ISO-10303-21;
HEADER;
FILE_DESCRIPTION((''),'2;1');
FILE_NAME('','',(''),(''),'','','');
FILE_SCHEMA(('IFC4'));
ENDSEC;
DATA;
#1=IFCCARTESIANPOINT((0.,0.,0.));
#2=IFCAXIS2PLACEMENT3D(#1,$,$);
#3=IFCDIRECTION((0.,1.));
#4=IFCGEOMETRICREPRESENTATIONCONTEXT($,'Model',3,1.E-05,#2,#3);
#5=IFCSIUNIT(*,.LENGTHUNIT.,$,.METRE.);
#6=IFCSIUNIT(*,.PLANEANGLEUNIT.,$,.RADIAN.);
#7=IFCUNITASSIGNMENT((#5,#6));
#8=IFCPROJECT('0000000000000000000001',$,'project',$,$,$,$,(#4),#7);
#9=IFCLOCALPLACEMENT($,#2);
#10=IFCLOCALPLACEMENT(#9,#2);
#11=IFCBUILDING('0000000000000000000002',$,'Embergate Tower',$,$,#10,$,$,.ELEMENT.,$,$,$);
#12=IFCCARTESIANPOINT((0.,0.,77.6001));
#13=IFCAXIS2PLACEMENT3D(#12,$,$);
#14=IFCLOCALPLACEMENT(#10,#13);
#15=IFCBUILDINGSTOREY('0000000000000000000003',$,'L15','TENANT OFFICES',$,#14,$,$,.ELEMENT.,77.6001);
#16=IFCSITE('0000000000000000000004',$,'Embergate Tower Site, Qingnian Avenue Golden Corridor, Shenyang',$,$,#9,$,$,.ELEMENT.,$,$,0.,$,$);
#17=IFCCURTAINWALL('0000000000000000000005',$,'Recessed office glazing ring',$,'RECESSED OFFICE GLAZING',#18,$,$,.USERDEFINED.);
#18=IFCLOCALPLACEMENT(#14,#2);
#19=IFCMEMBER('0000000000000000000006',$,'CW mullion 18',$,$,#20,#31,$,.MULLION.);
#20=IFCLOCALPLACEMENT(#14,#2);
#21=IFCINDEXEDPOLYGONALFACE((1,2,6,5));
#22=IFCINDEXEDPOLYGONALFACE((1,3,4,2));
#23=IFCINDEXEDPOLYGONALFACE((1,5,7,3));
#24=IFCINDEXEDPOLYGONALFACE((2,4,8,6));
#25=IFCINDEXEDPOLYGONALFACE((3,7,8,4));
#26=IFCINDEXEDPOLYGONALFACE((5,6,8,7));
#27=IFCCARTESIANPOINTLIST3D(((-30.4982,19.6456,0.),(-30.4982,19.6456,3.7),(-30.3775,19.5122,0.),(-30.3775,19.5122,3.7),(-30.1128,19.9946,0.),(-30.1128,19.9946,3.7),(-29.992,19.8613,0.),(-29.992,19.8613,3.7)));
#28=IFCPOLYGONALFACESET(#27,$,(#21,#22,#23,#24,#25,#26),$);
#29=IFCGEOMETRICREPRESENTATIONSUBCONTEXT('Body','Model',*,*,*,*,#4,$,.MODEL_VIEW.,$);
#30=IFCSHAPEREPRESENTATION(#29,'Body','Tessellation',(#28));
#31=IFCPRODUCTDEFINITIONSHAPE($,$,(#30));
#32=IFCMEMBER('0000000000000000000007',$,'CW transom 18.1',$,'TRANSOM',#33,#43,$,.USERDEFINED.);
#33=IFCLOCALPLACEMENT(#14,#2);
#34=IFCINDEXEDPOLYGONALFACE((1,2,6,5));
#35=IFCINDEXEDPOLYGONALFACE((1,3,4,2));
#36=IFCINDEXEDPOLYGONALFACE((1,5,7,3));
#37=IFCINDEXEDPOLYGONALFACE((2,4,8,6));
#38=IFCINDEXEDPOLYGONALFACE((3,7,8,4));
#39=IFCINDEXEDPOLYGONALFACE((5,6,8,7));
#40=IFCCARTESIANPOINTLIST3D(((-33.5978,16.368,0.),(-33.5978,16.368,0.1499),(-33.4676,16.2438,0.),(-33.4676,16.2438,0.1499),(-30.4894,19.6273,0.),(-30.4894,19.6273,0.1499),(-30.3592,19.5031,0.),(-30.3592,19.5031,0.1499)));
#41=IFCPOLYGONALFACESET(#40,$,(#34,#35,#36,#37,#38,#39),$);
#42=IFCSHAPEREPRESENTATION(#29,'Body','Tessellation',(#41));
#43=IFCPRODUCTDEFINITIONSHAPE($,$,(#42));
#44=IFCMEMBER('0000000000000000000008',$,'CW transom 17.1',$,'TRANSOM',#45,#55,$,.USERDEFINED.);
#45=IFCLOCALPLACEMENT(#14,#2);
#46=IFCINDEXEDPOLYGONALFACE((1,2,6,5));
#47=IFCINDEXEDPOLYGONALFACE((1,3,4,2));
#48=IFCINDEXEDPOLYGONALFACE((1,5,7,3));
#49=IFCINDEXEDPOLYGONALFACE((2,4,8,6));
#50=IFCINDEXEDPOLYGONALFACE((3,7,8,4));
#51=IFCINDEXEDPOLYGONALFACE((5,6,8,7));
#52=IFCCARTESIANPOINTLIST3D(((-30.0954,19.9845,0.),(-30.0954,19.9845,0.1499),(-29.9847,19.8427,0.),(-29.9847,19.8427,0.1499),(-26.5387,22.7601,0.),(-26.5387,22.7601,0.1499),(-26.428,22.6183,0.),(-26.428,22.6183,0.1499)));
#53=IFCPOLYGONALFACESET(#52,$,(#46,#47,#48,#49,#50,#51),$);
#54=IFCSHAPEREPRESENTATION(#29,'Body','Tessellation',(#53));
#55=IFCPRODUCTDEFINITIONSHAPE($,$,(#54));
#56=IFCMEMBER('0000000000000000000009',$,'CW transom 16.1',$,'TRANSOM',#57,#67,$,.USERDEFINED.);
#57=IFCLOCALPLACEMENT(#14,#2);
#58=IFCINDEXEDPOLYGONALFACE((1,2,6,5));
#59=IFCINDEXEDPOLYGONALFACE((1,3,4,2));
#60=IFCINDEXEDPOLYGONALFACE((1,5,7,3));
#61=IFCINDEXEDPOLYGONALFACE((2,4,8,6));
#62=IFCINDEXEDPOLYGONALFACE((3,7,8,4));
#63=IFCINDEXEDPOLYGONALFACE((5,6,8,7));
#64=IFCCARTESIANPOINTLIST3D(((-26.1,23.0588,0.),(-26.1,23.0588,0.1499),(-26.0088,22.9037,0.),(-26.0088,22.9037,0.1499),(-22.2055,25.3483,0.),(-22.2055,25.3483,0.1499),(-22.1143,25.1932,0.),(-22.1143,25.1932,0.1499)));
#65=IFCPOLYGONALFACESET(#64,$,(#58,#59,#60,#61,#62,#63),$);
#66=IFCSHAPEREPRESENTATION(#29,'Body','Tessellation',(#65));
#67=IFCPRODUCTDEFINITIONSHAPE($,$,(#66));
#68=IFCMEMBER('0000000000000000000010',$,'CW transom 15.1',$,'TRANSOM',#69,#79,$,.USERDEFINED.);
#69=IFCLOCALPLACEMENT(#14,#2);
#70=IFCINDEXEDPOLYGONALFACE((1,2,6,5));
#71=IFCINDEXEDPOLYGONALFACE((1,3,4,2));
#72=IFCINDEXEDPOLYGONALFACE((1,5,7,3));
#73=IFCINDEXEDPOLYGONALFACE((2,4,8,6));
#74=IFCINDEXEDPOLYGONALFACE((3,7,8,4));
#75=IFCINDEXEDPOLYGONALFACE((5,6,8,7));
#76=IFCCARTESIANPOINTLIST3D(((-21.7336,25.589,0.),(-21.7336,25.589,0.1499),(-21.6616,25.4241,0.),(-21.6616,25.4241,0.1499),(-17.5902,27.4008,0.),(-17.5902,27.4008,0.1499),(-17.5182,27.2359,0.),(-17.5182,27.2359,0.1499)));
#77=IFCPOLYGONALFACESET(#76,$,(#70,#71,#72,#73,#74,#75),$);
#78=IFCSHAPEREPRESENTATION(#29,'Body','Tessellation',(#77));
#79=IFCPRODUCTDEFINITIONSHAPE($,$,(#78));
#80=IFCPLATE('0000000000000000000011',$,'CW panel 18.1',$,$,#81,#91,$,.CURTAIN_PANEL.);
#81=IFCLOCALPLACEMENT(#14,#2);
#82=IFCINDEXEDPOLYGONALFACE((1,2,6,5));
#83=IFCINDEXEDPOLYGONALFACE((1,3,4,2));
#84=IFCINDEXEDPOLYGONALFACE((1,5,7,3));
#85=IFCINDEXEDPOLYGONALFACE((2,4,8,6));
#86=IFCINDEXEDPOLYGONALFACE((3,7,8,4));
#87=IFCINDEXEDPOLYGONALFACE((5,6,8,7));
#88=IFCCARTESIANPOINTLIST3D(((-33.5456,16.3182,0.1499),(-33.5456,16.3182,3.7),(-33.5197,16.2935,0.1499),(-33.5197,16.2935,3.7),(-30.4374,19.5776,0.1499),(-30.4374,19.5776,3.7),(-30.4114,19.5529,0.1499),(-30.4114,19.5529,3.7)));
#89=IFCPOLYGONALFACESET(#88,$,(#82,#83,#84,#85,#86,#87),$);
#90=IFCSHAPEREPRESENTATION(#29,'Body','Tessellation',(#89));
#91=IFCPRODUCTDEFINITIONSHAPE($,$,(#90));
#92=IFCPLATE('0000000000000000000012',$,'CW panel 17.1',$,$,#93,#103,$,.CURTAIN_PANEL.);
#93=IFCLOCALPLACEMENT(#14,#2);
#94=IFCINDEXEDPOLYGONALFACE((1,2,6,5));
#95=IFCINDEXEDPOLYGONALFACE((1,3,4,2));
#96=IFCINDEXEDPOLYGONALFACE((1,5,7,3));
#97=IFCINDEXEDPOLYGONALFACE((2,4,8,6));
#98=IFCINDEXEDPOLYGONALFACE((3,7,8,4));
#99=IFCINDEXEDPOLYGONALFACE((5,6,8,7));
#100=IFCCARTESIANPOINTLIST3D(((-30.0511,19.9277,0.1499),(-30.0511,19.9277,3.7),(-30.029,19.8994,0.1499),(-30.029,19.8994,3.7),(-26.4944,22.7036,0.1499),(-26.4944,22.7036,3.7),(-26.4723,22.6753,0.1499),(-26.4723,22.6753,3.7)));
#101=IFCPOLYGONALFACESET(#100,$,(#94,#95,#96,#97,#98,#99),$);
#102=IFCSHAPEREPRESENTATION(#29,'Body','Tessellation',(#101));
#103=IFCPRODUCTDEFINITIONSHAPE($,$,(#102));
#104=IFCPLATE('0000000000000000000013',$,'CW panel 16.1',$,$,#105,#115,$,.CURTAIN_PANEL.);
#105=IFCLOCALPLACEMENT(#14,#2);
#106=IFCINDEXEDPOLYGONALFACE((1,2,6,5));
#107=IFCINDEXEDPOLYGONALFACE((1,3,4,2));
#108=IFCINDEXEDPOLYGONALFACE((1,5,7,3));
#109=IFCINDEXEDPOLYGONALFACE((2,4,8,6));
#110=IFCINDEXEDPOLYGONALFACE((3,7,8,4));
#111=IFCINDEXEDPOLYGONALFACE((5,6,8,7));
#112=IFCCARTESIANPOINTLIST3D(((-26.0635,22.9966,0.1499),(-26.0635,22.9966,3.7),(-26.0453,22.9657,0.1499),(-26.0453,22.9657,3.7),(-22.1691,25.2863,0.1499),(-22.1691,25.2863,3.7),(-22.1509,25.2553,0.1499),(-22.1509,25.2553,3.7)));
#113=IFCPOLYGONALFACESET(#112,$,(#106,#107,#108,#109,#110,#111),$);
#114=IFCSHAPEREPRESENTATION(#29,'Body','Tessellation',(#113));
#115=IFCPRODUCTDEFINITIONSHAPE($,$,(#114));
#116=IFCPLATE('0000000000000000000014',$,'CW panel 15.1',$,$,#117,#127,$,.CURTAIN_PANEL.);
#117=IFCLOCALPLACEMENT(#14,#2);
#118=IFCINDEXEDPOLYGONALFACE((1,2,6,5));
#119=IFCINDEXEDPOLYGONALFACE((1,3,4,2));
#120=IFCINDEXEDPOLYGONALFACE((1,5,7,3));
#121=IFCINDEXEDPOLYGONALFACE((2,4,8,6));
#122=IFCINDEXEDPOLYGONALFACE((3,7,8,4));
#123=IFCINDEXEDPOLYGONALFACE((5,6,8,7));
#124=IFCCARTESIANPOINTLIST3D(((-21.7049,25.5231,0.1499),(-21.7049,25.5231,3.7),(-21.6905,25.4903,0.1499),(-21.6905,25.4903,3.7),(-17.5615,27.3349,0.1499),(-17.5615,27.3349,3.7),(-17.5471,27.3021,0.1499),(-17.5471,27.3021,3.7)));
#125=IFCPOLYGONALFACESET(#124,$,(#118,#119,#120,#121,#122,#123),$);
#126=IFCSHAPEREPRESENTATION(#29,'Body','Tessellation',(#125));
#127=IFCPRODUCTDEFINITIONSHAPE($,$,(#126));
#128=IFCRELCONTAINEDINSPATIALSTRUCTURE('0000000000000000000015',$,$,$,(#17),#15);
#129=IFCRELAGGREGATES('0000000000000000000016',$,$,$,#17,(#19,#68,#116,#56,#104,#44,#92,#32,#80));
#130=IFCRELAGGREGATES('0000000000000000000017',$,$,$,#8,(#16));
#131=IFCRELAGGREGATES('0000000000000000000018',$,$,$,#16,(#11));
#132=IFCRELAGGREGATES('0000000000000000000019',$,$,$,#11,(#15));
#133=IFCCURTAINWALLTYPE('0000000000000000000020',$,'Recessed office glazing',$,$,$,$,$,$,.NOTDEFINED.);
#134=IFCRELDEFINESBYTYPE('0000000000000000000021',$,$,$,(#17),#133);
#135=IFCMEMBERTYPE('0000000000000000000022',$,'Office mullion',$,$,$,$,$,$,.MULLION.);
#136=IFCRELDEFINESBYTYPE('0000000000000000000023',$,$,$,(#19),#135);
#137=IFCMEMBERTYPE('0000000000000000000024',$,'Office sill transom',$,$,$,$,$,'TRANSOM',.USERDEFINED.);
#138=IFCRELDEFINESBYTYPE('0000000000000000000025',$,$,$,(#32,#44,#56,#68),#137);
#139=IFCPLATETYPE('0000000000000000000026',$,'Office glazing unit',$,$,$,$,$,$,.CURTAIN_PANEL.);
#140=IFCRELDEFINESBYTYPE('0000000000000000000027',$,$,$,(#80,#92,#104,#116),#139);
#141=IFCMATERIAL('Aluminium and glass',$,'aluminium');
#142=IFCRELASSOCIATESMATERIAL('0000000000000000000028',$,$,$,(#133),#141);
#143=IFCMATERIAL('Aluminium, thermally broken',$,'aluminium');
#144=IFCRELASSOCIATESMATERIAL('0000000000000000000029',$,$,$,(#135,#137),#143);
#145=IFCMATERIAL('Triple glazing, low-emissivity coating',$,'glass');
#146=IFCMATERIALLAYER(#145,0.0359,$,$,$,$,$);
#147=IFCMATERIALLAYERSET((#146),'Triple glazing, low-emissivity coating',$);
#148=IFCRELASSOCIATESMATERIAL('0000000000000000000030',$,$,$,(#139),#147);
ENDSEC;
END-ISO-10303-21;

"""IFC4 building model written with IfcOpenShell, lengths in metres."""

from ifc_helpers import new_model, si_unit, direction, frame, origin, origin_2d, place, context, subcontext, project, spatial, rectangle, extrude, source, transform, mapped, material, layer, layer_set, material_profile, profile_set, type_object, element, aggregate, save


model = new_model("IFC4")

# Units and contexts
model_context = context("Model", 3, precision=1e-05, world=origin(), true_north=direction((0.0, 1.0)))
body_context = subcontext(model_context, "Body", "Model", "MODEL_VIEW")
ifc_project = project(units=[si_unit("LENGTHUNIT", "METRE"), si_unit("PLANEANGLEUNIT", "RADIAN")], contexts=[model_context])

# Site, building, storey
site_placement = place(None, origin())
site = spatial("IfcSite", under=ifc_project, at=site_placement, Name="Embergate Tower Site, Qingnian Avenue Golden Corridor, Shenyang", CompositionType="ELEMENT", RefElevation=0.0)
building_placement = place(site_placement, origin())
building = spatial("IfcBuilding", under=site, at=building_placement, Name="Embergate Tower", CompositionType="ELEMENT")
storey_placement = place(building_placement, frame((0.0, 0.0, 77.6001)))
storey = spatial("IfcBuildingStorey", under=building, at=storey_placement, Name="L15", Description="TENANT OFFICES", CompositionType="ELEMENT", Elevation=77.6001)

# Curtain wall, members, plates
ifc_material_1 = material(Name="Aluminium and glass", Category="aluminium")
curtain_wall_type = type_object("IfcCurtainWallType", Name="Recessed office glazing", PredefinedType="NOTDEFINED", material=ifc_material_1)
curtain_wall_placement = place(storey_placement, origin())
curtain_wall = element("IfcCurtainWall", 1, at=curtain_wall_placement, inside=storey, type_object=curtain_wall_type, Name="Recessed office glazing ring", ObjectType="RECESSED OFFICE GLAZING", PredefinedType="USERDEFINED")
ifc_material_2 = material(Name="Aluminium, thermally broken", Category="aluminium")
ifc_material_profile_1 = material_profile(ifc_material_2, rectangle(XDim=0.1799, YDim=0.52, at=origin_2d()), Name="AL 520x180")
ifc_profile_set_1 = profile_set([ifc_material_profile_1], Name="Aluminium, thermally broken")
member_type_1 = type_object("IfcMemberType", Name="Office mullion", PredefinedType="MULLION", material=ifc_profile_set_1)
shared_shape_1 = source(origin(), body_context, "Body", "SweptSolid", [
    extrude(rectangle(XDim=0.1799, YDim=0.52, at=origin_2d()), origin(), (0.0, 0.0, 1.0), 3.7),
])
member_1_placement = place(storey_placement, frame((-30.2451, 19.7534, 0.0), z_axis=(0.0, 0.0, 1.0), x_axis=(0.671234, -0.741245, 0.0)))
member_1 = element("IfcMember", 2, at=member_1_placement, type_object=member_type_1, Name="CW mullion 18", PredefinedType="MULLION", context=body_context, shape_type="MappedRepresentation", body=[
    mapped(shared_shape_1, transform((0.0, 0.0, 0.0))),
])
ifc_material_profile_2 = material_profile(ifc_material_2, rectangle(XDim=0.1799, YDim=0.1499, at=origin_2d()), Name="AL 150x180")
ifc_profile_set_2 = profile_set([ifc_material_profile_2], Name="Aluminium, thermally broken")
member_type_2 = type_object("IfcMemberType", Name="Office sill transom", ElementType="TRANSOM", PredefinedType="USERDEFINED", material=ifc_profile_set_2)
shared_shape_2 = source(origin(), body_context, "Body", "SweptSolid", [
    extrude(rectangle(XDim=0.1799, YDim=0.1499, at=origin_2d()), origin(), (0.0, 0.0, 1.0), 4.5039),
])
member_2_placement = place(storey_placement, frame((-30.4243, 19.5652, 0.075), z_axis=(-0.690159, -0.723658, 0.0), x_axis=(0.723658, -0.690159, 0.0)))
member_2 = element("IfcMember", 3, at=member_2_placement, type_object=member_type_2, Name="CW transom 18.1", ObjectType="TRANSOM", PredefinedType="USERDEFINED", context=body_context, shape_type="MappedRepresentation", body=[
    mapped(shared_shape_2, transform((0.0, 0.0, 0.0))),
])
shared_shape_3 = source(origin(), body_context, "Body", "SweptSolid", [
    extrude(rectangle(XDim=0.1799, YDim=0.1499, at=origin_2d()), origin(), (0.0, 0.0, 1.0), 4.5115),
])
member_3_placement = place(storey_placement, frame((-26.4834, 22.6892, 0.075), z_axis=(-0.788346, -0.615232, 0.0), x_axis=(0.615232, -0.788346, 0.0)))
member_3 = element("IfcMember", 4, at=member_3_placement, type_object=member_type_2, Name="CW transom 17.1", ObjectType="TRANSOM", PredefinedType="USERDEFINED", context=body_context, shape_type="MappedRepresentation", body=[
    mapped(shared_shape_3, transform((0.0, 0.0, 0.0))),
])
shared_shape_4 = source(origin(), body_context, "Body", "SweptSolid", [
    extrude(rectangle(XDim=0.1799, YDim=0.1499, at=origin_2d()), origin(), (0.0, 0.0, 1.0), 4.5176),
])
member_4_placement = place(storey_placement, frame((-22.1599, 25.2708, 0.075), z_axis=(-0.862065, -0.506798, 0.0), x_axis=(0.506798, -0.862065, 0.0)))
member_4 = element("IfcMember", 5, at=member_4_placement, type_object=member_type_2, Name="CW transom 16.1", ObjectType="TRANSOM", PredefinedType="USERDEFINED", context=body_context, shape_type="MappedRepresentation", body=[
    mapped(shared_shape_4, transform((0.0, 0.0, 0.0))),
])
shared_shape_5 = source(origin(), body_context, "Body", "SweptSolid", [
    extrude(rectangle(XDim=0.1799, YDim=0.1499, at=origin_2d()), origin(), (0.0, 0.0, 1.0), 4.5222),
])
member_5_placement = place(storey_placement, frame((-17.5542, 27.3184, 0.075), z_axis=(-0.916233, -0.400646, 0.0), x_axis=(0.400646, -0.916233, 0.0)))
member_5 = element("IfcMember", 6, at=member_5_placement, type_object=member_type_2, Name="CW transom 15.1", ObjectType="TRANSOM", PredefinedType="USERDEFINED", context=body_context, shape_type="MappedRepresentation", body=[
    mapped(shared_shape_5, transform((0.0, 0.0, 0.0))),
])
ifc_material_3 = material(Name="Triple glazing, low-emissivity coating", Category="glass")
ifc_layer_1 = layer(ifc_material_3, 0.0359)
ifc_layer_set_1 = layer_set([ifc_layer_1], Name="Triple glazing, low-emissivity coating")
plate_type = type_object("IfcPlateType", Name="Office glazing unit", PredefinedType="CURTAIN_PANEL", material=ifc_layer_set_1)
shared_shape_6 = source(origin(), body_context, "Body", "SweptSolid", [
    extrude(rectangle(XDim=4.5039, YDim=0.0359, at=origin_2d()), origin(), (0.0, 0.0, 1.0), 3.55),
])
plate_1_placement = place(storey_placement, frame((-31.9785, 17.9355, 0.1499), z_axis=(0.0, 0.0, 1.0), x_axis=(-0.69013, -0.723685, 0.0)))
plate_1 = element("IfcPlate", 7, at=plate_1_placement, type_object=plate_type, Name="CW panel 18.1", PredefinedType="CURTAIN_PANEL", context=body_context, shape_type="MappedRepresentation", body=[
    mapped(shared_shape_6, transform((0.0, 0.0, 0.0))),
])
shared_shape_7 = source(origin(), body_context, "Body", "SweptSolid", [
    extrude(rectangle(XDim=4.5117, YDim=0.0359, at=origin_2d()), origin(), (0.0, 0.0, 1.0), 3.55),
])
plate_2_placement = place(storey_placement, frame((-28.2617, 21.3015, 0.1499), z_axis=(0.0, 0.0, 1.0), x_axis=(-0.788317, -0.615269, 0.0)))
plate_2 = element("IfcPlate", 8, at=plate_2_placement, type_object=plate_type, Name="CW panel 17.1", PredefinedType="CURTAIN_PANEL", context=body_context, shape_type="MappedRepresentation", body=[
    mapped(shared_shape_7, transform((0.0, 0.0, 0.0))),
])
shared_shape_8 = source(origin(), body_context, "Body", "SweptSolid", [
    extrude(rectangle(XDim=4.5176, YDim=0.0359, at=origin_2d()), origin(), (0.0, 0.0, 1.0), 3.55),
])
plate_3_placement = place(storey_placement, frame((-24.1072, 24.126, 0.1499), z_axis=(0.0, 0.0, 1.0), x_axis=(-0.862051, -0.506822, 0.0)))
plate_3 = element("IfcPlate", 9, at=plate_3_placement, type_object=plate_type, Name="CW panel 16.1", PredefinedType="CURTAIN_PANEL", context=body_context, shape_type="MappedRepresentation", body=[
    mapped(shared_shape_8, transform((0.0, 0.0, 0.0))),
])
shared_shape_9 = source(origin(), body_context, "Body", "SweptSolid", [
    extrude(rectangle(XDim=4.5222, YDim=0.0359, at=origin_2d()), origin(), (0.0, 0.0, 1.0), 3.55),
])
plate_4_placement = place(storey_placement, frame((-19.626, 26.4126, 0.1499), z_axis=(0.0, 0.0, 1.0), x_axis=(-0.916234, -0.400643, 0.0)))
plate_4 = element("IfcPlate", 10, at=plate_4_placement, type_object=plate_type, Name="CW panel 15.1", PredefinedType="CURTAIN_PANEL", context=body_context, shape_type="MappedRepresentation", body=[
    mapped(shared_shape_9, transform((0.0, 0.0, 0.0))),
])
aggregate(curtain_wall, [member_1, member_5, plate_4, member_4, plate_3, member_3, plate_2, member_2, plate_1])

save(model, "model.ifc")
